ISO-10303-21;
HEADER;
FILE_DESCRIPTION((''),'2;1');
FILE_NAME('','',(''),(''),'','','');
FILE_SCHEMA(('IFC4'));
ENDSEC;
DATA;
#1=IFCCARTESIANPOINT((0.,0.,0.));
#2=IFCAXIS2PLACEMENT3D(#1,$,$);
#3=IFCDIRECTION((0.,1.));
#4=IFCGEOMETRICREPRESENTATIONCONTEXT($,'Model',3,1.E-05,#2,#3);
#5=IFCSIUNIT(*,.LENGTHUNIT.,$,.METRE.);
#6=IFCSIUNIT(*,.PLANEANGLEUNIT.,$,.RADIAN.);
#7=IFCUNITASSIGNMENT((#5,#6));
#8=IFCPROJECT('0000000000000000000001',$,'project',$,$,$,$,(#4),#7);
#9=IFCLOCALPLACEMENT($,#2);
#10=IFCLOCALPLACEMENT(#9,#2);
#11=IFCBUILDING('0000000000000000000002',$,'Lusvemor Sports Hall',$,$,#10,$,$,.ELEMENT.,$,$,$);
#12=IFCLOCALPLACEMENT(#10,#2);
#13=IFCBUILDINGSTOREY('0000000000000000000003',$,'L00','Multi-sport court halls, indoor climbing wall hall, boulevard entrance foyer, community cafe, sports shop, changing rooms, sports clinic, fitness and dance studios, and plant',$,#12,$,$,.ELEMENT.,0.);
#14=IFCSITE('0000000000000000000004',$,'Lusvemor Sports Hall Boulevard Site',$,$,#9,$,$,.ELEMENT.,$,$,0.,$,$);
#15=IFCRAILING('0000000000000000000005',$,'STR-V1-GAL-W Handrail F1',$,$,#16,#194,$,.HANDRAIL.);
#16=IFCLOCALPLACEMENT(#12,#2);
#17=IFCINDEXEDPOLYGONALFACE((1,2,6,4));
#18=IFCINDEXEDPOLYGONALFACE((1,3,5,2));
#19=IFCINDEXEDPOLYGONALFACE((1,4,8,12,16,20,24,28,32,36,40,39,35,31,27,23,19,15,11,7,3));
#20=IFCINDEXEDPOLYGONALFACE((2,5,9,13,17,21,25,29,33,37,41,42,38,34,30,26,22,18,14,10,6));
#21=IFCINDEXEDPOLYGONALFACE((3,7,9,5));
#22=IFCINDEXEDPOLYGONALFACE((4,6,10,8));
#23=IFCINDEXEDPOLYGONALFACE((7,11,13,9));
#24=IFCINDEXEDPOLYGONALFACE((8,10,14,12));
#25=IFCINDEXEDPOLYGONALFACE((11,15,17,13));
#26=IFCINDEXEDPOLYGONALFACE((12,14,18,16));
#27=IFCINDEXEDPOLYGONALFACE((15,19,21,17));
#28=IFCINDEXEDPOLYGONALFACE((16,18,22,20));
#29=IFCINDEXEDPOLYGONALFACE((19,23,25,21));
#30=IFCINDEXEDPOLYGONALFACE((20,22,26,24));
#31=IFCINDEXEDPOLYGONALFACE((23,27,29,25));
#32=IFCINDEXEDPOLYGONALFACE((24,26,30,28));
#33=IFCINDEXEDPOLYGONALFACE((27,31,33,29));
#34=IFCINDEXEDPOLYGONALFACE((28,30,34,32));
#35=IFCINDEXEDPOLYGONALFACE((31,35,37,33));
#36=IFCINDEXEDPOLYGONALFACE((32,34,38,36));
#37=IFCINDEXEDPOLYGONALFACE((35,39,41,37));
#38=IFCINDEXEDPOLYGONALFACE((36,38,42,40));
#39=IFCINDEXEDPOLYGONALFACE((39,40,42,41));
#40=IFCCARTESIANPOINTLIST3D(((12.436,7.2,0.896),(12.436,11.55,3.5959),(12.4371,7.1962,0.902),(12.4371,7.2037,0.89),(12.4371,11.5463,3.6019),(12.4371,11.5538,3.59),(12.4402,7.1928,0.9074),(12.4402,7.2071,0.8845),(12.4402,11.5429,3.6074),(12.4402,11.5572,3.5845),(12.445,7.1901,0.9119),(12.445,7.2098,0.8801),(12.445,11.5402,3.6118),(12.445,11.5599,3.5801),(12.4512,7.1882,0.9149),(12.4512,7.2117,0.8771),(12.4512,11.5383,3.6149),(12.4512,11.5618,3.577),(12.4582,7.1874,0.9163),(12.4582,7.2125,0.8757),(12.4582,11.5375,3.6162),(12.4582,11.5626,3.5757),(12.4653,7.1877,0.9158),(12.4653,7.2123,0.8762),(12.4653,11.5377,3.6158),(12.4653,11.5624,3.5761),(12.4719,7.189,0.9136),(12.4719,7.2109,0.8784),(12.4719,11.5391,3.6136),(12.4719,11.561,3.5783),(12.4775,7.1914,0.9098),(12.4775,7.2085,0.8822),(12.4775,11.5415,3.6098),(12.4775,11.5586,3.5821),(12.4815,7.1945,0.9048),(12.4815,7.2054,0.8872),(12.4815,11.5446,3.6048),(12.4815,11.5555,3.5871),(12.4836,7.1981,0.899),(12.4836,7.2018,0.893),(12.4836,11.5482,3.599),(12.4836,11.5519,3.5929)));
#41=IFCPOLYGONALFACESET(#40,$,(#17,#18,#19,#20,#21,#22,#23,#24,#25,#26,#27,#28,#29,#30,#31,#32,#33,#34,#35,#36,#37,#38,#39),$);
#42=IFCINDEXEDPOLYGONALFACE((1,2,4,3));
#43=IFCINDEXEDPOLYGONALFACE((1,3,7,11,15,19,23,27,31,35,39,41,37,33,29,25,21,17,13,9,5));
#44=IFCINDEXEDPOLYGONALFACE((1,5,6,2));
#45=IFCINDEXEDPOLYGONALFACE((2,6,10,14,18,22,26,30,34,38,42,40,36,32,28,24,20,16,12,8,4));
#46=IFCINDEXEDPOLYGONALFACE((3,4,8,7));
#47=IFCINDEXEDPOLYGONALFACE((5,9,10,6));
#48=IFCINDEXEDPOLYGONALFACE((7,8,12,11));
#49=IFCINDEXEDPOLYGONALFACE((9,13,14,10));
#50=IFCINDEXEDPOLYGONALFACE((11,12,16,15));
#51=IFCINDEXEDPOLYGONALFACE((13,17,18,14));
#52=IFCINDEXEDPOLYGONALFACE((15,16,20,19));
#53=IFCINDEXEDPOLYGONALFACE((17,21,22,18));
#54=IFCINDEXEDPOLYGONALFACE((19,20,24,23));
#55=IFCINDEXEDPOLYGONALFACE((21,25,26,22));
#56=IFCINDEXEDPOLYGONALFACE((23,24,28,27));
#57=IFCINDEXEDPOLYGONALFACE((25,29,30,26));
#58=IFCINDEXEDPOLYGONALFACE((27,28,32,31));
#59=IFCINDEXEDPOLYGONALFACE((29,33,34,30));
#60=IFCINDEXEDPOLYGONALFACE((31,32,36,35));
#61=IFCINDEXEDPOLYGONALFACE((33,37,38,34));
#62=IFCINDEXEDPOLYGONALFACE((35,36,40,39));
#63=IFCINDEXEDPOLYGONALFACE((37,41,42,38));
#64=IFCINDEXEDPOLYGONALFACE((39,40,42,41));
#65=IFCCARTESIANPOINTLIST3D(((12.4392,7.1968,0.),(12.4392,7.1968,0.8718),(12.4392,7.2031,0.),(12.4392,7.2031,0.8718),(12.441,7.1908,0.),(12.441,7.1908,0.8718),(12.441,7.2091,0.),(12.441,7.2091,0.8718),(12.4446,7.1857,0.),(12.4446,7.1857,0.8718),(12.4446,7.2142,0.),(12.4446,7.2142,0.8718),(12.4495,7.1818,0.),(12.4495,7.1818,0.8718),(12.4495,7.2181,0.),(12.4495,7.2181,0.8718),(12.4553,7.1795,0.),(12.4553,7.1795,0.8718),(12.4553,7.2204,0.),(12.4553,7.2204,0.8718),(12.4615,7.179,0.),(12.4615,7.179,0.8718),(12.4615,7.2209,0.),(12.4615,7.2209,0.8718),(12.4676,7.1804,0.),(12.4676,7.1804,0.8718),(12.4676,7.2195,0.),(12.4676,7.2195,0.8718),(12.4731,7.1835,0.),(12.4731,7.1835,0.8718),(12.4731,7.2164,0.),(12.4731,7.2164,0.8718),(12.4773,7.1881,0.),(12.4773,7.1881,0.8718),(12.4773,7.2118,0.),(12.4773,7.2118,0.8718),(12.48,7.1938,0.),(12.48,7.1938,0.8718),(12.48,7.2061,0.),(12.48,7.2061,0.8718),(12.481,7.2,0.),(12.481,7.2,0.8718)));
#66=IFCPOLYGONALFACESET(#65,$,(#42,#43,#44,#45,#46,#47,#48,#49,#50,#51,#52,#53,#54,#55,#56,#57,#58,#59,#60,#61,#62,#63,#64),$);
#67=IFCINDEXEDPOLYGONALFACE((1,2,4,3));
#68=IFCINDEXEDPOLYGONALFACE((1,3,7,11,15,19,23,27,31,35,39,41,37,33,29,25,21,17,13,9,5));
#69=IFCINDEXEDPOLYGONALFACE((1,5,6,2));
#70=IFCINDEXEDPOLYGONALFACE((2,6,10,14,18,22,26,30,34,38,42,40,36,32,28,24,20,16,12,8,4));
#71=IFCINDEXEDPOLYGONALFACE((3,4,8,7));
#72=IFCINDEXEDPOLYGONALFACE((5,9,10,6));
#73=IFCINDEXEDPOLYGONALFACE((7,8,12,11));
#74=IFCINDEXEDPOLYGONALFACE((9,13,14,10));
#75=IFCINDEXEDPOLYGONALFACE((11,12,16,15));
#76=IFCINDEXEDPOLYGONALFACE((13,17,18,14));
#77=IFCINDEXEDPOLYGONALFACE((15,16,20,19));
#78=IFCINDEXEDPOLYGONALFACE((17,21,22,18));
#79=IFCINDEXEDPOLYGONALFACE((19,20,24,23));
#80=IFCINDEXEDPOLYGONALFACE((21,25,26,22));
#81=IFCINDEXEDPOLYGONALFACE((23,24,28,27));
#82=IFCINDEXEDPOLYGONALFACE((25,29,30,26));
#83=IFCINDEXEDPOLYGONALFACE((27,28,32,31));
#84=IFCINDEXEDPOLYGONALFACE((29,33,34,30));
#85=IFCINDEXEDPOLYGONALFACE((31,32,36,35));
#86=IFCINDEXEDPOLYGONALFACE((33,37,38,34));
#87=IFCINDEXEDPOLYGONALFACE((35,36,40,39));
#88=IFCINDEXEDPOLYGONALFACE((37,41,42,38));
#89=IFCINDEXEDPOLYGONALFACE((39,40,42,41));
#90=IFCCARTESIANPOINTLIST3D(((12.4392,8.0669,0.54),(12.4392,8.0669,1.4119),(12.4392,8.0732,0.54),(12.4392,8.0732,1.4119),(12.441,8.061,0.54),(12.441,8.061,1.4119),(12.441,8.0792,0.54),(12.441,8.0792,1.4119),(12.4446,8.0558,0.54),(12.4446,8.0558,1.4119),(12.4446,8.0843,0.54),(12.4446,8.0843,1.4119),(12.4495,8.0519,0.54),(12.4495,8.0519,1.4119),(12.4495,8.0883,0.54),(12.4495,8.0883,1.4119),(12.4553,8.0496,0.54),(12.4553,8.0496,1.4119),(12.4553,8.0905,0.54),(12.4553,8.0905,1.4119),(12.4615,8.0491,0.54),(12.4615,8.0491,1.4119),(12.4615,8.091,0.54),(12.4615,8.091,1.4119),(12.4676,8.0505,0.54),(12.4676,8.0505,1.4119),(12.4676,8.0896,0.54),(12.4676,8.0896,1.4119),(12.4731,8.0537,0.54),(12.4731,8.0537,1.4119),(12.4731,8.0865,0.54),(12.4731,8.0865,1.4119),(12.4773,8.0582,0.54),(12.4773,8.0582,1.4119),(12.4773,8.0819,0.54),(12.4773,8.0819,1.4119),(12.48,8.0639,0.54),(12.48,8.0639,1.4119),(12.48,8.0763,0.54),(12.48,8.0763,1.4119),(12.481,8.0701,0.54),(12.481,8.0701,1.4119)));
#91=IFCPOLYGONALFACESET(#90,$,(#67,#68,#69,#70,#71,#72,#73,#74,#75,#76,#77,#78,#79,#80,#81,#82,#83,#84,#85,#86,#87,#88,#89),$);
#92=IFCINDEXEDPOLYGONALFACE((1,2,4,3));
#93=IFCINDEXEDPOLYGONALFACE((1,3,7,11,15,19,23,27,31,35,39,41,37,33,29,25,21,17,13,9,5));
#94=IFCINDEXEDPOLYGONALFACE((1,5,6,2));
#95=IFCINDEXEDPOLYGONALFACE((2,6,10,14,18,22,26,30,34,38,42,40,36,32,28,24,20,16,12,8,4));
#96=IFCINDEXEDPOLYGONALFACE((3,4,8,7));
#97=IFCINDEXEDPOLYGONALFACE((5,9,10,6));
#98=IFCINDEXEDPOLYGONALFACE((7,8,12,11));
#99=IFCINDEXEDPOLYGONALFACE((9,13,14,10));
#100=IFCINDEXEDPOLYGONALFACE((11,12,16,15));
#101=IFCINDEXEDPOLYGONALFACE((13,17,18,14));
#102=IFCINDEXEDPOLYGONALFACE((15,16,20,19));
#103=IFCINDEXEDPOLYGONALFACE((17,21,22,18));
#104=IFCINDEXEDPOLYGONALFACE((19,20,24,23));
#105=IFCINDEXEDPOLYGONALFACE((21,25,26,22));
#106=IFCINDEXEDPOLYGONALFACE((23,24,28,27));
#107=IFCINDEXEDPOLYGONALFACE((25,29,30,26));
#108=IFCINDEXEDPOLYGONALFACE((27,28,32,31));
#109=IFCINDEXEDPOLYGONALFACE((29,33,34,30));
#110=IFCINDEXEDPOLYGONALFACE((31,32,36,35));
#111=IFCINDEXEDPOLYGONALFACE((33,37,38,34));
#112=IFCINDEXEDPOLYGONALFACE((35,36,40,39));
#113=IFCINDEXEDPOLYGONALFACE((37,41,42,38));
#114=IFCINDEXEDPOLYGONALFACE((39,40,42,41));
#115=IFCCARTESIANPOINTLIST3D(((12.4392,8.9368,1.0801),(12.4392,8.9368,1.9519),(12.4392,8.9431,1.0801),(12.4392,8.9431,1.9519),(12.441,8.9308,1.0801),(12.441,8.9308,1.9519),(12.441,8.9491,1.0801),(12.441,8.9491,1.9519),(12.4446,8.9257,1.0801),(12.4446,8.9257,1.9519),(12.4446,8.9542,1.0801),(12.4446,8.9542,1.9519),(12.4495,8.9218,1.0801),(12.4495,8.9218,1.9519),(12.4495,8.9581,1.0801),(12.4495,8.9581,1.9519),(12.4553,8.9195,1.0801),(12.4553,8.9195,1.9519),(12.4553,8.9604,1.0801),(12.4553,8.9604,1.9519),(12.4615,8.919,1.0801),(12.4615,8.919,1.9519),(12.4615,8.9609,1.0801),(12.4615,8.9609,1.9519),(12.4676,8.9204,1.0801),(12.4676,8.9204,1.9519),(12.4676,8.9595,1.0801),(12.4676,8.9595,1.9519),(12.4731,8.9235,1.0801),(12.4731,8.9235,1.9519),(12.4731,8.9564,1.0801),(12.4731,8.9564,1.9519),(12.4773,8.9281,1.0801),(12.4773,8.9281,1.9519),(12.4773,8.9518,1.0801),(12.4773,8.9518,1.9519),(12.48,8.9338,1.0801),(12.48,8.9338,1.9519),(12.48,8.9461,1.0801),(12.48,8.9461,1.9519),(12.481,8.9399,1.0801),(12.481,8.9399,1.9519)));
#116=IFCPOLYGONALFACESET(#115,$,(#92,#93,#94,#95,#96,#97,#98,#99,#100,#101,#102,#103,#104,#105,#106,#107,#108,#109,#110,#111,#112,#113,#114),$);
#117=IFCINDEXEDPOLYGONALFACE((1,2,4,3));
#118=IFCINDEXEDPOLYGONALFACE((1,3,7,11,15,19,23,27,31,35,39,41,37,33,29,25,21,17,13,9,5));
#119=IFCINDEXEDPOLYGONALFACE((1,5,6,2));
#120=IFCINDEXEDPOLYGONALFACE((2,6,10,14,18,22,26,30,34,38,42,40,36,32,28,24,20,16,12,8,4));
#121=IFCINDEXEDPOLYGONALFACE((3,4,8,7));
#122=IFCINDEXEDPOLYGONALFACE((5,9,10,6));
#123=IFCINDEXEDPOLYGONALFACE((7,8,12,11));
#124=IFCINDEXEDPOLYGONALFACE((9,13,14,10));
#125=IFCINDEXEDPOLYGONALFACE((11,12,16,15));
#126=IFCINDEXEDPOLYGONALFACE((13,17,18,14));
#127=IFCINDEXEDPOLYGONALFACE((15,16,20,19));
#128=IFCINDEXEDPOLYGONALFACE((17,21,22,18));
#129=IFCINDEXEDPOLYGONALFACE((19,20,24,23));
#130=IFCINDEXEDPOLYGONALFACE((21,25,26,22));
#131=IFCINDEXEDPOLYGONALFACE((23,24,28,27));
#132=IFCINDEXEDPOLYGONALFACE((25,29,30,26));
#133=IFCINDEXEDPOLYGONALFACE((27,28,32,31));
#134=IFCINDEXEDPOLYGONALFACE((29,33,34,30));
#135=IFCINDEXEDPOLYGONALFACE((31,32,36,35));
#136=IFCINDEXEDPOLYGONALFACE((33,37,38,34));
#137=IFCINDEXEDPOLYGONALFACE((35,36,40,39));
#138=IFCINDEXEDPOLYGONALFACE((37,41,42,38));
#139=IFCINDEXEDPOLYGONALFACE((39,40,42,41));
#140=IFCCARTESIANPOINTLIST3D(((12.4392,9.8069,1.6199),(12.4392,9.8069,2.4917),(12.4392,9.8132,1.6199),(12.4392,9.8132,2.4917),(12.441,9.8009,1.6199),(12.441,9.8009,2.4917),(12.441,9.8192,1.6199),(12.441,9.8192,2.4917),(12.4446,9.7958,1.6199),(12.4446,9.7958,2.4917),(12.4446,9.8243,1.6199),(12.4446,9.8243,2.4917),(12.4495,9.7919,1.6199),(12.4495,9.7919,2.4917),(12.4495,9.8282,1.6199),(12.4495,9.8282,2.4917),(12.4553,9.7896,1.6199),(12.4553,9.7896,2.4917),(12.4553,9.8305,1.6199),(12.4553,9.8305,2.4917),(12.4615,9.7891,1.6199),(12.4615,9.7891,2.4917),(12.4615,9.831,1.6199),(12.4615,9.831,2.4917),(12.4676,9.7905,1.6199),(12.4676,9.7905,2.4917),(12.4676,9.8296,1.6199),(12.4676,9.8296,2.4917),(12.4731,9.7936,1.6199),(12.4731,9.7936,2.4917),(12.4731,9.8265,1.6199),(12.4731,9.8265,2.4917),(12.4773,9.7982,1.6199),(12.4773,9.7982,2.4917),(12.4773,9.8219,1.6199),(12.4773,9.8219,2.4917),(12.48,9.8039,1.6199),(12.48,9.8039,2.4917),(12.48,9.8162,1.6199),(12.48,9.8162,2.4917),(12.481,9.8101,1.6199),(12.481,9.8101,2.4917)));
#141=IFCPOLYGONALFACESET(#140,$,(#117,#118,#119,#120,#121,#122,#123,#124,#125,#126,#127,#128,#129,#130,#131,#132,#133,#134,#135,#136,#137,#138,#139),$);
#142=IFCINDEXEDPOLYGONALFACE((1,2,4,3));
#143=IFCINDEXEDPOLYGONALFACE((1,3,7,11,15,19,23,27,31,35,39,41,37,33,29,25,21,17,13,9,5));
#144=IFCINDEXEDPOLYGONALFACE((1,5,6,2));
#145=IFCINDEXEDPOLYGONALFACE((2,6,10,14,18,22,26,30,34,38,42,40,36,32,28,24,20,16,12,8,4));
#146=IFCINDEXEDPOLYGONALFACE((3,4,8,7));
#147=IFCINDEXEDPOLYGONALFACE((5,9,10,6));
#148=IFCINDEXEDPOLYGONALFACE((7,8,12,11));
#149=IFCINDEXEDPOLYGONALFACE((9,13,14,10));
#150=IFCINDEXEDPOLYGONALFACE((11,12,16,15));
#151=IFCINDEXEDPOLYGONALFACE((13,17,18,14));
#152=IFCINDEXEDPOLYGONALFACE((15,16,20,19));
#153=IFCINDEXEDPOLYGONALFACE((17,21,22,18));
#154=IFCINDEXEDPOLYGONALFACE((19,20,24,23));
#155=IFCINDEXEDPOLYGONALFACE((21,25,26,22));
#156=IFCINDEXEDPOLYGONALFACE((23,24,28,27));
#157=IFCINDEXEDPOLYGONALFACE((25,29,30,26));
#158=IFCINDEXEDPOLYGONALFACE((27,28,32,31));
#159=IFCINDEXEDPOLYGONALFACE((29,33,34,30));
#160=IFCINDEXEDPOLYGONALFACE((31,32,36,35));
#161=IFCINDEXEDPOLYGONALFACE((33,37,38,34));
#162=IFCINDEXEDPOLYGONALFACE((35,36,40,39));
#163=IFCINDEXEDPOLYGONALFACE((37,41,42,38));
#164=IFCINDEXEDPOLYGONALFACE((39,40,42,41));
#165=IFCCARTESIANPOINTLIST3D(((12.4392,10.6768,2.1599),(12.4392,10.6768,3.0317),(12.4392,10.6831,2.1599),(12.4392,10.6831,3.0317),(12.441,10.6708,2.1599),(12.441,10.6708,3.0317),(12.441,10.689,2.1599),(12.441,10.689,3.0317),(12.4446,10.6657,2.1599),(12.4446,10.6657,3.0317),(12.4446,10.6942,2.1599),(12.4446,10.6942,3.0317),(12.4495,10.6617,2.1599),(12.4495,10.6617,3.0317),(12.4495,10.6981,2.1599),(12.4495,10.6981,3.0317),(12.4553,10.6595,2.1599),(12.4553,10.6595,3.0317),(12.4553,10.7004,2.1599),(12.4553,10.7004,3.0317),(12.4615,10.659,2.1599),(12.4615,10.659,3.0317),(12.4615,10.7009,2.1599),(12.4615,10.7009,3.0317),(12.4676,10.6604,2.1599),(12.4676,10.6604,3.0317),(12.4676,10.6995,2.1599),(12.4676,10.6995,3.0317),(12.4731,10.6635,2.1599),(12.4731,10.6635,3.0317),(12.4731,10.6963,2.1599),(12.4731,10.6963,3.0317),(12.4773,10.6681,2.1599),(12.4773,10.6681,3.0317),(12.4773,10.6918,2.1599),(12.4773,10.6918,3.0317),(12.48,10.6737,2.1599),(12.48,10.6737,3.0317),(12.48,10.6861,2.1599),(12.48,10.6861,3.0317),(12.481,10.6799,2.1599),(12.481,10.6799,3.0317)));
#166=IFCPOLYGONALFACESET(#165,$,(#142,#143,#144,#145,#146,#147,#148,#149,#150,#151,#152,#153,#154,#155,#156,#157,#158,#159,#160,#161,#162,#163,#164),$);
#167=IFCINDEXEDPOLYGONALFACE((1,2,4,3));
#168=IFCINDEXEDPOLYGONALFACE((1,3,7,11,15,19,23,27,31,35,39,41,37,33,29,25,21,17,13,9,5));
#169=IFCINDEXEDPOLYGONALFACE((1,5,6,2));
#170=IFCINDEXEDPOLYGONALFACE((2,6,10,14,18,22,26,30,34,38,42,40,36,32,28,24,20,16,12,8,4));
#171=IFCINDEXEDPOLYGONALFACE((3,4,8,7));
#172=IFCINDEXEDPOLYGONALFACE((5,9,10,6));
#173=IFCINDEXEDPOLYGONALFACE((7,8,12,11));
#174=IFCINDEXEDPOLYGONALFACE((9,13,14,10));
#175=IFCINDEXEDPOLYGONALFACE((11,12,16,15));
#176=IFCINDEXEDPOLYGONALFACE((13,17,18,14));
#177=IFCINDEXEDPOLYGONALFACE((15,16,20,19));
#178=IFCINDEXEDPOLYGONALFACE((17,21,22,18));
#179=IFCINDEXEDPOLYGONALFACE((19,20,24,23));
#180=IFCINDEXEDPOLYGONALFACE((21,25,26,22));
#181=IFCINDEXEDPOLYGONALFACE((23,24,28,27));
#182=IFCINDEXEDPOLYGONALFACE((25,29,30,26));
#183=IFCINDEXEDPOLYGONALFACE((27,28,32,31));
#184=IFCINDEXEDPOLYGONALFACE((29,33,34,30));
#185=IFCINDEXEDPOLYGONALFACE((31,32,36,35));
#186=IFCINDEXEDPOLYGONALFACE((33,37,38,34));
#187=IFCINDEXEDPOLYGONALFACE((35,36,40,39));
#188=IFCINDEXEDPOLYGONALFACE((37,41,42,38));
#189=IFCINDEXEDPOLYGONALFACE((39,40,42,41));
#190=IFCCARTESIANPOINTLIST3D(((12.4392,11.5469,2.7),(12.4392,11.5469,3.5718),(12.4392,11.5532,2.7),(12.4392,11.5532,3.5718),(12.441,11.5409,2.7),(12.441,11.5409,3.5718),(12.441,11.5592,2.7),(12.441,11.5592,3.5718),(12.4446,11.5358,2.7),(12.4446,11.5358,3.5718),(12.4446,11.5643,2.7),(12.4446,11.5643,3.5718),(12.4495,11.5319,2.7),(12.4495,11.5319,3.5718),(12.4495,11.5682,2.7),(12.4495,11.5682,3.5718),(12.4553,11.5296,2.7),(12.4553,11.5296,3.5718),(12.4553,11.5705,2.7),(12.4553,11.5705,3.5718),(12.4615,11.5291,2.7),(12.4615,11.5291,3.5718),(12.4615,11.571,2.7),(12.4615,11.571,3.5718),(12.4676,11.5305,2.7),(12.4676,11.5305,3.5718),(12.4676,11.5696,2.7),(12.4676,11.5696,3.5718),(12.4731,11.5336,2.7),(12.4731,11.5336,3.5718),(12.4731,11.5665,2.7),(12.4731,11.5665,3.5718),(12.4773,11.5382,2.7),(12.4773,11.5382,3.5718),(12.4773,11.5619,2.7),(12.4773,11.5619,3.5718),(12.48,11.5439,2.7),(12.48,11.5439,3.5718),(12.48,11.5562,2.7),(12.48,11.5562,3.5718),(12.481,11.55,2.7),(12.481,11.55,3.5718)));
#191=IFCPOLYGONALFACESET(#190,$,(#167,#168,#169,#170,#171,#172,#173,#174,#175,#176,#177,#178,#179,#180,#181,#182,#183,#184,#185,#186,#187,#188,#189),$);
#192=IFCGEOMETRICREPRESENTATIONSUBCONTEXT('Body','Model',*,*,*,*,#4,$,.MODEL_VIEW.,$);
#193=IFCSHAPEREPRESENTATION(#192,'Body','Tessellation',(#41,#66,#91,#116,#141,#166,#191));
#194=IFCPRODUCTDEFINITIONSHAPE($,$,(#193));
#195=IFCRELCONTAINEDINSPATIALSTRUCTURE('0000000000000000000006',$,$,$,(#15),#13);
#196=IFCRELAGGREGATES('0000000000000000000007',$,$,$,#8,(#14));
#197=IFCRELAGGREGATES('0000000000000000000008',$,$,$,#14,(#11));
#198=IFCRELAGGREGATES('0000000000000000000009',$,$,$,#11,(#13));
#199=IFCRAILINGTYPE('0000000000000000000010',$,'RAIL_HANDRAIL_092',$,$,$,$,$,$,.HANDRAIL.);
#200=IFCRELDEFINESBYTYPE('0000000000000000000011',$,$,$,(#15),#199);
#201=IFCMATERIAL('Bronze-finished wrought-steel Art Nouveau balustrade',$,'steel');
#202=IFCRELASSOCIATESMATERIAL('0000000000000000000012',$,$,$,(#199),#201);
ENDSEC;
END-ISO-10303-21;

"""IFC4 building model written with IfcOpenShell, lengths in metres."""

from ifc_helpers import new_model, si_unit, direction, frame, origin, origin_2d, place, context, subcontext, project, spatial, circle, extrude, material, type_object, element, save


model = new_model("IFC4")

# Units and contexts
model_context = context("Model", 3, precision=1e-05, world=origin(), true_north=direction((0.0, 1.0)))
body_context = subcontext(model_context, "Body", "Model", "MODEL_VIEW")
ifc_project = project(units=[si_unit("LENGTHUNIT", "METRE"), si_unit("PLANEANGLEUNIT", "RADIAN")], contexts=[model_context])

# Site, building, storey
site_placement = place(None, origin())
site = spatial("IfcSite", under=ifc_project, at=site_placement, Name="Lusvemor Sports Hall Boulevard Site", CompositionType="ELEMENT", RefElevation=0.0)
building_placement = place(site_placement, origin())
building = spatial("IfcBuilding", under=site, at=building_placement, Name="Lusvemor Sports Hall", CompositionType="ELEMENT")
storey_placement = place(building_placement, origin())
storey = spatial("IfcBuildingStorey", under=building, at=storey_placement, Name="L00", Description="Multi-sport court halls, indoor climbing wall hall, boulevard entrance foyer, community cafe, sports shop, changing rooms, sports clinic, fitness and dance studios, and plant", CompositionType="ELEMENT", Elevation=0.0)

# Railing
ifc_material_1 = material(Name="Bronze-finished wrought-steel Art Nouveau balustrade", Category="steel")
railing_type = type_object("IfcRailingType", Name="RAIL_HANDRAIL_092", PredefinedType="HANDRAIL", material=ifc_material_1)
railing_placement = place(storey_placement, frame((12.46, 7.2, 0.0)))
element("IfcRailing", 1, at=railing_placement, inside=storey, type_object=railing_type, Name="STR-V1-GAL-W Handrail F1", PredefinedType="HANDRAIL", context=body_context, shape_type="SweptSolid", body=[
    extrude(circle(Radius=0.0239, at=origin_2d()), frame((0.0, 0.0, 0.896), z_axis=(0.0, 0.84965, 0.527347), x_axis=(-1.0, 0.0, 0.0)), (0.0, 0.0, 1.0), 5.1199),
    extrude(circle(Radius=0.021, at=origin_2d()), origin(), (0.0, 0.0, 1.0), 0.8718),
    extrude(circle(Radius=0.021, at=origin_2d()), frame((0.0, 0.8701, 0.54)), (0.0, 0.0, 1.0), 0.8718),
    extrude(circle(Radius=0.021, at=origin_2d()), frame((0.0, 1.74, 1.0801)), (0.0, 0.0, 1.0), 0.8718),
    extrude(circle(Radius=0.021, at=origin_2d()), frame((0.0, 2.6101, 1.6199)), (0.0, 0.0, 1.0), 0.8718),
    extrude(circle(Radius=0.021, at=origin_2d()), frame((0.0, 3.48, 2.1599)), (0.0, 0.0, 1.0), 0.8718),
    extrude(circle(Radius=0.021, at=origin_2d()), frame((0.0, 4.3501, 2.7)), (0.0, 0.0, 1.0), 0.8718),
])

save(model, "model.ifc")
